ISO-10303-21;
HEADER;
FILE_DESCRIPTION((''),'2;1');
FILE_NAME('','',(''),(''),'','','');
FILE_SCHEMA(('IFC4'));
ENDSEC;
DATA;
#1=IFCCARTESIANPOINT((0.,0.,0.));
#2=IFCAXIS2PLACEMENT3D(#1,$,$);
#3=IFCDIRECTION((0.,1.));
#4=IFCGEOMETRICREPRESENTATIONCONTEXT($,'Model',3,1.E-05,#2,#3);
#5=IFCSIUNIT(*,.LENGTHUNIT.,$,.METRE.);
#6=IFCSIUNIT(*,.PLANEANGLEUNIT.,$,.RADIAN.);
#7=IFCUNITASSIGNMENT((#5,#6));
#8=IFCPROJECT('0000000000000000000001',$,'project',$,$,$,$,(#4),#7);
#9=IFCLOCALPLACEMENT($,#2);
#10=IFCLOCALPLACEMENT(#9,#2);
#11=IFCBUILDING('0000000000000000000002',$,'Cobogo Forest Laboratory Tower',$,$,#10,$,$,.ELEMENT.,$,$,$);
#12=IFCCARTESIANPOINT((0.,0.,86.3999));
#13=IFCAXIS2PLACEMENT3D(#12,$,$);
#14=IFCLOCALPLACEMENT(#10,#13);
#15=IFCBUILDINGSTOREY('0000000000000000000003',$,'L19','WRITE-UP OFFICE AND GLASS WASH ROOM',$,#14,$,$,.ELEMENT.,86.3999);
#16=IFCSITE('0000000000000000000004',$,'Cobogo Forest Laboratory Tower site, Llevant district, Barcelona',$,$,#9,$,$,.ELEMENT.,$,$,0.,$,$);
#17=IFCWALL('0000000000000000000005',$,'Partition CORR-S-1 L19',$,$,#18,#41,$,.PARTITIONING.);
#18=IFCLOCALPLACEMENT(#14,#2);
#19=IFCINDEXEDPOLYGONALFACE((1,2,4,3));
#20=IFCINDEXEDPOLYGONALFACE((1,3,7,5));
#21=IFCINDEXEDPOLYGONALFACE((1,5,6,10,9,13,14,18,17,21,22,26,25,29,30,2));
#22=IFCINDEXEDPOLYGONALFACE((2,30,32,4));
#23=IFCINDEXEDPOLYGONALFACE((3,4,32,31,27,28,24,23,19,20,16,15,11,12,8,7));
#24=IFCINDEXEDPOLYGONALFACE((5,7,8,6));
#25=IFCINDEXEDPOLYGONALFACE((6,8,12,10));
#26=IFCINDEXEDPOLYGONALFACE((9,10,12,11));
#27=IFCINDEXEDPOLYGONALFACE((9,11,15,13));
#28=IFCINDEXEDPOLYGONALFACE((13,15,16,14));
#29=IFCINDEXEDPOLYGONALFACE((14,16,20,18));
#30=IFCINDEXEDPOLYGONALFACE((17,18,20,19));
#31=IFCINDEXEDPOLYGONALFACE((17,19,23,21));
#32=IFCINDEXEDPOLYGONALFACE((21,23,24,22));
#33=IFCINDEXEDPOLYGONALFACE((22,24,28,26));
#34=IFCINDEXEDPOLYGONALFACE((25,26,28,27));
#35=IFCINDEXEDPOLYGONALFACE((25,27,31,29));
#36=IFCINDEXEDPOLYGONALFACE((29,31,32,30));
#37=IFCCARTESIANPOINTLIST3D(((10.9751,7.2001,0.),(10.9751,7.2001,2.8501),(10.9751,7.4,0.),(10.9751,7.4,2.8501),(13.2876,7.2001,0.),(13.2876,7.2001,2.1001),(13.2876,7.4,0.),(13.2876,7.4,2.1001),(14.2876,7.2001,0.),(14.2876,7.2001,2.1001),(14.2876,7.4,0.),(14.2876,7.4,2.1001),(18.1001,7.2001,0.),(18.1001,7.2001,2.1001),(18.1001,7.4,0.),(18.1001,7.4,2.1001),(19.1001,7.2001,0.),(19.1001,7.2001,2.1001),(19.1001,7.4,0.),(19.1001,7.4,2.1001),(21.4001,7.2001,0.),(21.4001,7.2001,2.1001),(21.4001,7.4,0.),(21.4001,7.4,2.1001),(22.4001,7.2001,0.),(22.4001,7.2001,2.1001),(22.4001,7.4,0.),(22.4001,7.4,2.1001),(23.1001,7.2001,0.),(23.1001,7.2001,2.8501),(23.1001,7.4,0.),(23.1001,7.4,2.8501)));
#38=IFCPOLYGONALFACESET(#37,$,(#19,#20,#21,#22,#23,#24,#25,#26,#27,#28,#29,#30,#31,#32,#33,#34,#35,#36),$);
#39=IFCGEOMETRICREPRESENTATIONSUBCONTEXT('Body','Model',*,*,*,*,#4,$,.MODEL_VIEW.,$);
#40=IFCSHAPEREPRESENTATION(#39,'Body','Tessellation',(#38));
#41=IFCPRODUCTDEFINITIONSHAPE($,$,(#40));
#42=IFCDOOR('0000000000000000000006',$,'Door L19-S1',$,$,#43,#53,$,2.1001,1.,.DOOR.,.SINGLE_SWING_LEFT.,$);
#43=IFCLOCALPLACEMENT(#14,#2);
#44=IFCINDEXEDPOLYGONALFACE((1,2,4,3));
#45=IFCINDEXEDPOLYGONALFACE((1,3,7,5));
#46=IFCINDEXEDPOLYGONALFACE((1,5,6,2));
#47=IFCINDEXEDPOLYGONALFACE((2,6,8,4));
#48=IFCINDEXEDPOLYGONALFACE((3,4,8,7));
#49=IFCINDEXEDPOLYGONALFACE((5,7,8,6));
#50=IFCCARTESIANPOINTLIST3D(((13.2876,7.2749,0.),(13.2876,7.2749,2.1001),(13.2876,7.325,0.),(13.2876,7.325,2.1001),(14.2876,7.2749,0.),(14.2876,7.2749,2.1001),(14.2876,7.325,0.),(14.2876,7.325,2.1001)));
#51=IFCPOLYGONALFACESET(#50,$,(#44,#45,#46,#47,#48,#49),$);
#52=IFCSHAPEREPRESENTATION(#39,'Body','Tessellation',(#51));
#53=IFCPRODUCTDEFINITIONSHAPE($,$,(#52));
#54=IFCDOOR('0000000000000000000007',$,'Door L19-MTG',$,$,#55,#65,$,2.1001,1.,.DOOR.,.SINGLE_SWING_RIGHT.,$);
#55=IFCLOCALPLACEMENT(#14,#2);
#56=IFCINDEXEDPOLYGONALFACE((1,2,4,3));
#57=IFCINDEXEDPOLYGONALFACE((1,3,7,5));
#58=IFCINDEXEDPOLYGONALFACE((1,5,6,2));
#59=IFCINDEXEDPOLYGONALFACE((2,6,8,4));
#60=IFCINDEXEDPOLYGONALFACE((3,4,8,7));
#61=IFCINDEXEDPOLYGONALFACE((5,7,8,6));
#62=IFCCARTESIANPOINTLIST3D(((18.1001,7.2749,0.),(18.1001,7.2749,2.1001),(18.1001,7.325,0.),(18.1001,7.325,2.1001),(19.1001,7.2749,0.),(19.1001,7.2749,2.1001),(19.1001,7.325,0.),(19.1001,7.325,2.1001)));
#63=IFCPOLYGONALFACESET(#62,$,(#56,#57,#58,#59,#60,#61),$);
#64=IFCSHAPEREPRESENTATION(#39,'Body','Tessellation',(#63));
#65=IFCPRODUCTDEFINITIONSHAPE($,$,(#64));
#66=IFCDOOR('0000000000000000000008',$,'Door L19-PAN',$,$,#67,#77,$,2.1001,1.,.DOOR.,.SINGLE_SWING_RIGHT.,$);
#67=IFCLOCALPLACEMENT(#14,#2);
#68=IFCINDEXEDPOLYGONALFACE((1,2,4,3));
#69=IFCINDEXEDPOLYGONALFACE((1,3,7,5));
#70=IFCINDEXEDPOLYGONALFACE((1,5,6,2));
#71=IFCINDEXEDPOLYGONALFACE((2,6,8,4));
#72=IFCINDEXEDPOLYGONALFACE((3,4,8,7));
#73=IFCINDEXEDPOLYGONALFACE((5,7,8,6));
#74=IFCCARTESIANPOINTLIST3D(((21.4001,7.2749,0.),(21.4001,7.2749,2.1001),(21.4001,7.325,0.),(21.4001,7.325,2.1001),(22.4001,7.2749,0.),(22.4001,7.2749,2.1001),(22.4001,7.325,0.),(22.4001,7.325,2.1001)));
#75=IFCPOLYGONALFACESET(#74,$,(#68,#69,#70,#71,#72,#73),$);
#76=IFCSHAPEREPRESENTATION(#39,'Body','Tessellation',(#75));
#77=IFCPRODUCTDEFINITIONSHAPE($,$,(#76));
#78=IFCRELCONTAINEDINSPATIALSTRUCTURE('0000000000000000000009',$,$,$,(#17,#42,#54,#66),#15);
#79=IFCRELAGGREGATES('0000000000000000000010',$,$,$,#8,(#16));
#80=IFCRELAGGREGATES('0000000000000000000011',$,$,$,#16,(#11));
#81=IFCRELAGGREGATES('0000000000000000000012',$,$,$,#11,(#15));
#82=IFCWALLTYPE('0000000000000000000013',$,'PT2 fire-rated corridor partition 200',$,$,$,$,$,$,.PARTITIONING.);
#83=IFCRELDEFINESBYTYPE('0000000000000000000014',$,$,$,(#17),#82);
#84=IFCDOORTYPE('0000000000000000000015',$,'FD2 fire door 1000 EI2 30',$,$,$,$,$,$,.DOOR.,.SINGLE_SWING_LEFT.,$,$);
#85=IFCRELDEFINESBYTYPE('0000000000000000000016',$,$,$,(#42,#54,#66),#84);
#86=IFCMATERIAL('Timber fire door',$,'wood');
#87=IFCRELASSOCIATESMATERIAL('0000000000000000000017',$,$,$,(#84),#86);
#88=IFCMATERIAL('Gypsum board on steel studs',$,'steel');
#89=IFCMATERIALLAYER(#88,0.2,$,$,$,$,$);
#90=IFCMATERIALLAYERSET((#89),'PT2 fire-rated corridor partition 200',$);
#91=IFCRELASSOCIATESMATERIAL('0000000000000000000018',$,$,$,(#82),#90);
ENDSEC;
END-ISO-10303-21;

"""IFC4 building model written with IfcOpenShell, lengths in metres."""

from ifc_helpers import new_model, si_unit, direction, frame, frame_2d, origin, place, context, subcontext, project, spatial, rectangle, extrude, material, layer, layer_set, type_object, element, fill, save


model = new_model("IFC4")

# Units and contexts
model_context = context("Model", 3, precision=1e-05, world=origin(), true_north=direction((0.0, 1.0)))
body_context = subcontext(model_context, "Body", "Model", "MODEL_VIEW")
ifc_project = project(units=[si_unit("LENGTHUNIT", "METRE"), si_unit("PLANEANGLEUNIT", "RADIAN")], contexts=[model_context])

# Site, building, storey
site_placement = place(None, origin())
site = spatial("IfcSite", under=ifc_project, at=site_placement, Name="Cobogo Forest Laboratory Tower site, Llevant district, Barcelona", CompositionType="ELEMENT", RefElevation=0.0)
building_placement = place(site_placement, origin())
building = spatial("IfcBuilding", under=site, at=building_placement, Name="Cobogo Forest Laboratory Tower", CompositionType="ELEMENT")
storey_placement = place(building_placement, frame((0.0, 0.0, 86.3999)))
storey = spatial("IfcBuildingStorey", under=building, at=storey_placement, Name="L19", Description="WRITE-UP OFFICE AND GLASS WASH ROOM", CompositionType="ELEMENT", Elevation=86.3999)

# Shared definitions
ifc_material_1 = material(Name="Gypsum board on steel studs", Category="steel")
ifc_material_2 = material(Name="Timber fire door", Category="wood")
door_type_1 = type_object("IfcDoorType", Name="FD2 fire door 1000 EI2 30", OperationType="SINGLE_SWING_LEFT", PredefinedType="DOOR", material=ifc_material_2)

# Wall, openings, doors
ifc_layer_1 = layer(ifc_material_1, 0.2)
ifc_layer_set_1 = layer_set([ifc_layer_1], Name="PT2 fire-rated corridor partition 200")
wall_type_1 = type_object("IfcWallType", Name="PT2 fire-rated corridor partition 200", PredefinedType="PARTITIONING", material=ifc_layer_set_1)
wall_1_placement = place(storey_placement, frame((10.9751, 7.3, 0.0), z_axis=(0.0, 0.0, 1.0), x_axis=(1.0, 0.0, 0.0)))
wall_1 = element("IfcWall", 1, at=wall_1_placement, inside=storey, type_object=wall_type_1, Name="Partition CORR-S-1 L19", PredefinedType="PARTITIONING", context=body_context, shape_type="SweptSolid", body=[
    extrude(rectangle(XDim=12.125, YDim=0.2, at=frame_2d((6.0625, 0.0))), origin(), (0.0, 0.0, 1.0), 2.8501),
])
opening_1_placement = place(wall_1_placement, frame((2.3125, 0.0, 0.0)))
opening_1 = element("IfcOpeningElement", 2, at=opening_1_placement, cuts=wall_1, PredefinedType="OPENING", context=body_context, shape_type="SweptSolid", body=[
    extrude(rectangle(XDim=1.0, YDim=2.1001, at=frame_2d((0.5, 1.05))), frame((0.0, 0.1099, 0.0), z_axis=(0.0, -1.0, 0.0), x_axis=(1.0, 0.0, 0.0)), (0.0, 0.0, 1.0), 0.22),
])
opening_2_placement = place(wall_1_placement, frame((7.125, 0.0, 0.0)))
opening_2 = element("IfcOpeningElement", 3, at=opening_2_placement, cuts=wall_1, PredefinedType="OPENING", context=body_context, shape_type="SweptSolid", body=[
    extrude(rectangle(XDim=1.0, YDim=2.1001, at=frame_2d((0.5, 1.05))), frame((0.0, 0.1099, 0.0), z_axis=(0.0, -1.0, 0.0), x_axis=(1.0, 0.0, 0.0)), (0.0, 0.0, 1.0), 0.22),
])
opening_3_placement = place(wall_1_placement, frame((10.425, 0.0, 0.0)))
opening_3 = element("IfcOpeningElement", 4, at=opening_3_placement, cuts=wall_1, PredefinedType="OPENING", context=body_context, shape_type="SweptSolid", body=[
    extrude(rectangle(XDim=1.0, YDim=2.1001, at=frame_2d((0.5, 1.05))), frame((0.0, 0.1099, 0.0), z_axis=(0.0, -1.0, 0.0), x_axis=(1.0, 0.0, 0.0)), (0.0, 0.0, 1.0), 0.22),
])
door_1_placement = place(opening_1_placement, origin())
door_1 = element("IfcDoor", 5, at=door_1_placement, inside=storey, type_object=door_type_1, Name="Door L19-S1", OperationType="SINGLE_SWING_LEFT", OverallHeight=2.1001, OverallWidth=1.0, PredefinedType="DOOR", context=body_context, shape_type="SweptSolid", body=[
    extrude(rectangle(XDim=1.0, YDim=2.1001, at=frame_2d((0.5, 1.05))), frame((0.0, 0.0249, 0.0), z_axis=(0.0, -1.0, 0.0), x_axis=(1.0, 0.0, 0.0)), (0.0, 0.0, 1.0), 0.05),
])
fill(opening_1, door_1)
door_2_placement = place(opening_2_placement, origin())
door_2 = element("IfcDoor", 6, at=door_2_placement, inside=storey, type_object=door_type_1, Name="Door L19-MTG", OperationType="SINGLE_SWING_RIGHT", OverallHeight=2.1001, OverallWidth=1.0, PredefinedType="DOOR", context=body_context, shape_type="SweptSolid", body=[
    extrude(rectangle(XDim=1.0, YDim=2.1001, at=frame_2d((0.5, 1.05))), frame((0.0, 0.0249, 0.0), z_axis=(0.0, -1.0, 0.0), x_axis=(1.0, 0.0, 0.0)), (0.0, 0.0, 1.0), 0.05),
])
fill(opening_2, door_2)
door_3_placement = place(opening_3_placement, origin())
door_3 = element("IfcDoor", 7, at=door_3_placement, inside=storey, type_object=door_type_1, Name="Door L19-PAN", OperationType="SINGLE_SWING_RIGHT", OverallHeight=2.1001, OverallWidth=1.0, PredefinedType="DOOR", context=body_context, shape_type="SweptSolid", body=[
    extrude(rectangle(XDim=1.0, YDim=2.1001, at=frame_2d((0.5, 1.05))), frame((0.0, 0.0249, 0.0), z_axis=(0.0, -1.0, 0.0), x_axis=(1.0, 0.0, 0.0)), (0.0, 0.0, 1.0), 0.05),
])
fill(opening_3, door_3)

save(model, "model.ifc")
